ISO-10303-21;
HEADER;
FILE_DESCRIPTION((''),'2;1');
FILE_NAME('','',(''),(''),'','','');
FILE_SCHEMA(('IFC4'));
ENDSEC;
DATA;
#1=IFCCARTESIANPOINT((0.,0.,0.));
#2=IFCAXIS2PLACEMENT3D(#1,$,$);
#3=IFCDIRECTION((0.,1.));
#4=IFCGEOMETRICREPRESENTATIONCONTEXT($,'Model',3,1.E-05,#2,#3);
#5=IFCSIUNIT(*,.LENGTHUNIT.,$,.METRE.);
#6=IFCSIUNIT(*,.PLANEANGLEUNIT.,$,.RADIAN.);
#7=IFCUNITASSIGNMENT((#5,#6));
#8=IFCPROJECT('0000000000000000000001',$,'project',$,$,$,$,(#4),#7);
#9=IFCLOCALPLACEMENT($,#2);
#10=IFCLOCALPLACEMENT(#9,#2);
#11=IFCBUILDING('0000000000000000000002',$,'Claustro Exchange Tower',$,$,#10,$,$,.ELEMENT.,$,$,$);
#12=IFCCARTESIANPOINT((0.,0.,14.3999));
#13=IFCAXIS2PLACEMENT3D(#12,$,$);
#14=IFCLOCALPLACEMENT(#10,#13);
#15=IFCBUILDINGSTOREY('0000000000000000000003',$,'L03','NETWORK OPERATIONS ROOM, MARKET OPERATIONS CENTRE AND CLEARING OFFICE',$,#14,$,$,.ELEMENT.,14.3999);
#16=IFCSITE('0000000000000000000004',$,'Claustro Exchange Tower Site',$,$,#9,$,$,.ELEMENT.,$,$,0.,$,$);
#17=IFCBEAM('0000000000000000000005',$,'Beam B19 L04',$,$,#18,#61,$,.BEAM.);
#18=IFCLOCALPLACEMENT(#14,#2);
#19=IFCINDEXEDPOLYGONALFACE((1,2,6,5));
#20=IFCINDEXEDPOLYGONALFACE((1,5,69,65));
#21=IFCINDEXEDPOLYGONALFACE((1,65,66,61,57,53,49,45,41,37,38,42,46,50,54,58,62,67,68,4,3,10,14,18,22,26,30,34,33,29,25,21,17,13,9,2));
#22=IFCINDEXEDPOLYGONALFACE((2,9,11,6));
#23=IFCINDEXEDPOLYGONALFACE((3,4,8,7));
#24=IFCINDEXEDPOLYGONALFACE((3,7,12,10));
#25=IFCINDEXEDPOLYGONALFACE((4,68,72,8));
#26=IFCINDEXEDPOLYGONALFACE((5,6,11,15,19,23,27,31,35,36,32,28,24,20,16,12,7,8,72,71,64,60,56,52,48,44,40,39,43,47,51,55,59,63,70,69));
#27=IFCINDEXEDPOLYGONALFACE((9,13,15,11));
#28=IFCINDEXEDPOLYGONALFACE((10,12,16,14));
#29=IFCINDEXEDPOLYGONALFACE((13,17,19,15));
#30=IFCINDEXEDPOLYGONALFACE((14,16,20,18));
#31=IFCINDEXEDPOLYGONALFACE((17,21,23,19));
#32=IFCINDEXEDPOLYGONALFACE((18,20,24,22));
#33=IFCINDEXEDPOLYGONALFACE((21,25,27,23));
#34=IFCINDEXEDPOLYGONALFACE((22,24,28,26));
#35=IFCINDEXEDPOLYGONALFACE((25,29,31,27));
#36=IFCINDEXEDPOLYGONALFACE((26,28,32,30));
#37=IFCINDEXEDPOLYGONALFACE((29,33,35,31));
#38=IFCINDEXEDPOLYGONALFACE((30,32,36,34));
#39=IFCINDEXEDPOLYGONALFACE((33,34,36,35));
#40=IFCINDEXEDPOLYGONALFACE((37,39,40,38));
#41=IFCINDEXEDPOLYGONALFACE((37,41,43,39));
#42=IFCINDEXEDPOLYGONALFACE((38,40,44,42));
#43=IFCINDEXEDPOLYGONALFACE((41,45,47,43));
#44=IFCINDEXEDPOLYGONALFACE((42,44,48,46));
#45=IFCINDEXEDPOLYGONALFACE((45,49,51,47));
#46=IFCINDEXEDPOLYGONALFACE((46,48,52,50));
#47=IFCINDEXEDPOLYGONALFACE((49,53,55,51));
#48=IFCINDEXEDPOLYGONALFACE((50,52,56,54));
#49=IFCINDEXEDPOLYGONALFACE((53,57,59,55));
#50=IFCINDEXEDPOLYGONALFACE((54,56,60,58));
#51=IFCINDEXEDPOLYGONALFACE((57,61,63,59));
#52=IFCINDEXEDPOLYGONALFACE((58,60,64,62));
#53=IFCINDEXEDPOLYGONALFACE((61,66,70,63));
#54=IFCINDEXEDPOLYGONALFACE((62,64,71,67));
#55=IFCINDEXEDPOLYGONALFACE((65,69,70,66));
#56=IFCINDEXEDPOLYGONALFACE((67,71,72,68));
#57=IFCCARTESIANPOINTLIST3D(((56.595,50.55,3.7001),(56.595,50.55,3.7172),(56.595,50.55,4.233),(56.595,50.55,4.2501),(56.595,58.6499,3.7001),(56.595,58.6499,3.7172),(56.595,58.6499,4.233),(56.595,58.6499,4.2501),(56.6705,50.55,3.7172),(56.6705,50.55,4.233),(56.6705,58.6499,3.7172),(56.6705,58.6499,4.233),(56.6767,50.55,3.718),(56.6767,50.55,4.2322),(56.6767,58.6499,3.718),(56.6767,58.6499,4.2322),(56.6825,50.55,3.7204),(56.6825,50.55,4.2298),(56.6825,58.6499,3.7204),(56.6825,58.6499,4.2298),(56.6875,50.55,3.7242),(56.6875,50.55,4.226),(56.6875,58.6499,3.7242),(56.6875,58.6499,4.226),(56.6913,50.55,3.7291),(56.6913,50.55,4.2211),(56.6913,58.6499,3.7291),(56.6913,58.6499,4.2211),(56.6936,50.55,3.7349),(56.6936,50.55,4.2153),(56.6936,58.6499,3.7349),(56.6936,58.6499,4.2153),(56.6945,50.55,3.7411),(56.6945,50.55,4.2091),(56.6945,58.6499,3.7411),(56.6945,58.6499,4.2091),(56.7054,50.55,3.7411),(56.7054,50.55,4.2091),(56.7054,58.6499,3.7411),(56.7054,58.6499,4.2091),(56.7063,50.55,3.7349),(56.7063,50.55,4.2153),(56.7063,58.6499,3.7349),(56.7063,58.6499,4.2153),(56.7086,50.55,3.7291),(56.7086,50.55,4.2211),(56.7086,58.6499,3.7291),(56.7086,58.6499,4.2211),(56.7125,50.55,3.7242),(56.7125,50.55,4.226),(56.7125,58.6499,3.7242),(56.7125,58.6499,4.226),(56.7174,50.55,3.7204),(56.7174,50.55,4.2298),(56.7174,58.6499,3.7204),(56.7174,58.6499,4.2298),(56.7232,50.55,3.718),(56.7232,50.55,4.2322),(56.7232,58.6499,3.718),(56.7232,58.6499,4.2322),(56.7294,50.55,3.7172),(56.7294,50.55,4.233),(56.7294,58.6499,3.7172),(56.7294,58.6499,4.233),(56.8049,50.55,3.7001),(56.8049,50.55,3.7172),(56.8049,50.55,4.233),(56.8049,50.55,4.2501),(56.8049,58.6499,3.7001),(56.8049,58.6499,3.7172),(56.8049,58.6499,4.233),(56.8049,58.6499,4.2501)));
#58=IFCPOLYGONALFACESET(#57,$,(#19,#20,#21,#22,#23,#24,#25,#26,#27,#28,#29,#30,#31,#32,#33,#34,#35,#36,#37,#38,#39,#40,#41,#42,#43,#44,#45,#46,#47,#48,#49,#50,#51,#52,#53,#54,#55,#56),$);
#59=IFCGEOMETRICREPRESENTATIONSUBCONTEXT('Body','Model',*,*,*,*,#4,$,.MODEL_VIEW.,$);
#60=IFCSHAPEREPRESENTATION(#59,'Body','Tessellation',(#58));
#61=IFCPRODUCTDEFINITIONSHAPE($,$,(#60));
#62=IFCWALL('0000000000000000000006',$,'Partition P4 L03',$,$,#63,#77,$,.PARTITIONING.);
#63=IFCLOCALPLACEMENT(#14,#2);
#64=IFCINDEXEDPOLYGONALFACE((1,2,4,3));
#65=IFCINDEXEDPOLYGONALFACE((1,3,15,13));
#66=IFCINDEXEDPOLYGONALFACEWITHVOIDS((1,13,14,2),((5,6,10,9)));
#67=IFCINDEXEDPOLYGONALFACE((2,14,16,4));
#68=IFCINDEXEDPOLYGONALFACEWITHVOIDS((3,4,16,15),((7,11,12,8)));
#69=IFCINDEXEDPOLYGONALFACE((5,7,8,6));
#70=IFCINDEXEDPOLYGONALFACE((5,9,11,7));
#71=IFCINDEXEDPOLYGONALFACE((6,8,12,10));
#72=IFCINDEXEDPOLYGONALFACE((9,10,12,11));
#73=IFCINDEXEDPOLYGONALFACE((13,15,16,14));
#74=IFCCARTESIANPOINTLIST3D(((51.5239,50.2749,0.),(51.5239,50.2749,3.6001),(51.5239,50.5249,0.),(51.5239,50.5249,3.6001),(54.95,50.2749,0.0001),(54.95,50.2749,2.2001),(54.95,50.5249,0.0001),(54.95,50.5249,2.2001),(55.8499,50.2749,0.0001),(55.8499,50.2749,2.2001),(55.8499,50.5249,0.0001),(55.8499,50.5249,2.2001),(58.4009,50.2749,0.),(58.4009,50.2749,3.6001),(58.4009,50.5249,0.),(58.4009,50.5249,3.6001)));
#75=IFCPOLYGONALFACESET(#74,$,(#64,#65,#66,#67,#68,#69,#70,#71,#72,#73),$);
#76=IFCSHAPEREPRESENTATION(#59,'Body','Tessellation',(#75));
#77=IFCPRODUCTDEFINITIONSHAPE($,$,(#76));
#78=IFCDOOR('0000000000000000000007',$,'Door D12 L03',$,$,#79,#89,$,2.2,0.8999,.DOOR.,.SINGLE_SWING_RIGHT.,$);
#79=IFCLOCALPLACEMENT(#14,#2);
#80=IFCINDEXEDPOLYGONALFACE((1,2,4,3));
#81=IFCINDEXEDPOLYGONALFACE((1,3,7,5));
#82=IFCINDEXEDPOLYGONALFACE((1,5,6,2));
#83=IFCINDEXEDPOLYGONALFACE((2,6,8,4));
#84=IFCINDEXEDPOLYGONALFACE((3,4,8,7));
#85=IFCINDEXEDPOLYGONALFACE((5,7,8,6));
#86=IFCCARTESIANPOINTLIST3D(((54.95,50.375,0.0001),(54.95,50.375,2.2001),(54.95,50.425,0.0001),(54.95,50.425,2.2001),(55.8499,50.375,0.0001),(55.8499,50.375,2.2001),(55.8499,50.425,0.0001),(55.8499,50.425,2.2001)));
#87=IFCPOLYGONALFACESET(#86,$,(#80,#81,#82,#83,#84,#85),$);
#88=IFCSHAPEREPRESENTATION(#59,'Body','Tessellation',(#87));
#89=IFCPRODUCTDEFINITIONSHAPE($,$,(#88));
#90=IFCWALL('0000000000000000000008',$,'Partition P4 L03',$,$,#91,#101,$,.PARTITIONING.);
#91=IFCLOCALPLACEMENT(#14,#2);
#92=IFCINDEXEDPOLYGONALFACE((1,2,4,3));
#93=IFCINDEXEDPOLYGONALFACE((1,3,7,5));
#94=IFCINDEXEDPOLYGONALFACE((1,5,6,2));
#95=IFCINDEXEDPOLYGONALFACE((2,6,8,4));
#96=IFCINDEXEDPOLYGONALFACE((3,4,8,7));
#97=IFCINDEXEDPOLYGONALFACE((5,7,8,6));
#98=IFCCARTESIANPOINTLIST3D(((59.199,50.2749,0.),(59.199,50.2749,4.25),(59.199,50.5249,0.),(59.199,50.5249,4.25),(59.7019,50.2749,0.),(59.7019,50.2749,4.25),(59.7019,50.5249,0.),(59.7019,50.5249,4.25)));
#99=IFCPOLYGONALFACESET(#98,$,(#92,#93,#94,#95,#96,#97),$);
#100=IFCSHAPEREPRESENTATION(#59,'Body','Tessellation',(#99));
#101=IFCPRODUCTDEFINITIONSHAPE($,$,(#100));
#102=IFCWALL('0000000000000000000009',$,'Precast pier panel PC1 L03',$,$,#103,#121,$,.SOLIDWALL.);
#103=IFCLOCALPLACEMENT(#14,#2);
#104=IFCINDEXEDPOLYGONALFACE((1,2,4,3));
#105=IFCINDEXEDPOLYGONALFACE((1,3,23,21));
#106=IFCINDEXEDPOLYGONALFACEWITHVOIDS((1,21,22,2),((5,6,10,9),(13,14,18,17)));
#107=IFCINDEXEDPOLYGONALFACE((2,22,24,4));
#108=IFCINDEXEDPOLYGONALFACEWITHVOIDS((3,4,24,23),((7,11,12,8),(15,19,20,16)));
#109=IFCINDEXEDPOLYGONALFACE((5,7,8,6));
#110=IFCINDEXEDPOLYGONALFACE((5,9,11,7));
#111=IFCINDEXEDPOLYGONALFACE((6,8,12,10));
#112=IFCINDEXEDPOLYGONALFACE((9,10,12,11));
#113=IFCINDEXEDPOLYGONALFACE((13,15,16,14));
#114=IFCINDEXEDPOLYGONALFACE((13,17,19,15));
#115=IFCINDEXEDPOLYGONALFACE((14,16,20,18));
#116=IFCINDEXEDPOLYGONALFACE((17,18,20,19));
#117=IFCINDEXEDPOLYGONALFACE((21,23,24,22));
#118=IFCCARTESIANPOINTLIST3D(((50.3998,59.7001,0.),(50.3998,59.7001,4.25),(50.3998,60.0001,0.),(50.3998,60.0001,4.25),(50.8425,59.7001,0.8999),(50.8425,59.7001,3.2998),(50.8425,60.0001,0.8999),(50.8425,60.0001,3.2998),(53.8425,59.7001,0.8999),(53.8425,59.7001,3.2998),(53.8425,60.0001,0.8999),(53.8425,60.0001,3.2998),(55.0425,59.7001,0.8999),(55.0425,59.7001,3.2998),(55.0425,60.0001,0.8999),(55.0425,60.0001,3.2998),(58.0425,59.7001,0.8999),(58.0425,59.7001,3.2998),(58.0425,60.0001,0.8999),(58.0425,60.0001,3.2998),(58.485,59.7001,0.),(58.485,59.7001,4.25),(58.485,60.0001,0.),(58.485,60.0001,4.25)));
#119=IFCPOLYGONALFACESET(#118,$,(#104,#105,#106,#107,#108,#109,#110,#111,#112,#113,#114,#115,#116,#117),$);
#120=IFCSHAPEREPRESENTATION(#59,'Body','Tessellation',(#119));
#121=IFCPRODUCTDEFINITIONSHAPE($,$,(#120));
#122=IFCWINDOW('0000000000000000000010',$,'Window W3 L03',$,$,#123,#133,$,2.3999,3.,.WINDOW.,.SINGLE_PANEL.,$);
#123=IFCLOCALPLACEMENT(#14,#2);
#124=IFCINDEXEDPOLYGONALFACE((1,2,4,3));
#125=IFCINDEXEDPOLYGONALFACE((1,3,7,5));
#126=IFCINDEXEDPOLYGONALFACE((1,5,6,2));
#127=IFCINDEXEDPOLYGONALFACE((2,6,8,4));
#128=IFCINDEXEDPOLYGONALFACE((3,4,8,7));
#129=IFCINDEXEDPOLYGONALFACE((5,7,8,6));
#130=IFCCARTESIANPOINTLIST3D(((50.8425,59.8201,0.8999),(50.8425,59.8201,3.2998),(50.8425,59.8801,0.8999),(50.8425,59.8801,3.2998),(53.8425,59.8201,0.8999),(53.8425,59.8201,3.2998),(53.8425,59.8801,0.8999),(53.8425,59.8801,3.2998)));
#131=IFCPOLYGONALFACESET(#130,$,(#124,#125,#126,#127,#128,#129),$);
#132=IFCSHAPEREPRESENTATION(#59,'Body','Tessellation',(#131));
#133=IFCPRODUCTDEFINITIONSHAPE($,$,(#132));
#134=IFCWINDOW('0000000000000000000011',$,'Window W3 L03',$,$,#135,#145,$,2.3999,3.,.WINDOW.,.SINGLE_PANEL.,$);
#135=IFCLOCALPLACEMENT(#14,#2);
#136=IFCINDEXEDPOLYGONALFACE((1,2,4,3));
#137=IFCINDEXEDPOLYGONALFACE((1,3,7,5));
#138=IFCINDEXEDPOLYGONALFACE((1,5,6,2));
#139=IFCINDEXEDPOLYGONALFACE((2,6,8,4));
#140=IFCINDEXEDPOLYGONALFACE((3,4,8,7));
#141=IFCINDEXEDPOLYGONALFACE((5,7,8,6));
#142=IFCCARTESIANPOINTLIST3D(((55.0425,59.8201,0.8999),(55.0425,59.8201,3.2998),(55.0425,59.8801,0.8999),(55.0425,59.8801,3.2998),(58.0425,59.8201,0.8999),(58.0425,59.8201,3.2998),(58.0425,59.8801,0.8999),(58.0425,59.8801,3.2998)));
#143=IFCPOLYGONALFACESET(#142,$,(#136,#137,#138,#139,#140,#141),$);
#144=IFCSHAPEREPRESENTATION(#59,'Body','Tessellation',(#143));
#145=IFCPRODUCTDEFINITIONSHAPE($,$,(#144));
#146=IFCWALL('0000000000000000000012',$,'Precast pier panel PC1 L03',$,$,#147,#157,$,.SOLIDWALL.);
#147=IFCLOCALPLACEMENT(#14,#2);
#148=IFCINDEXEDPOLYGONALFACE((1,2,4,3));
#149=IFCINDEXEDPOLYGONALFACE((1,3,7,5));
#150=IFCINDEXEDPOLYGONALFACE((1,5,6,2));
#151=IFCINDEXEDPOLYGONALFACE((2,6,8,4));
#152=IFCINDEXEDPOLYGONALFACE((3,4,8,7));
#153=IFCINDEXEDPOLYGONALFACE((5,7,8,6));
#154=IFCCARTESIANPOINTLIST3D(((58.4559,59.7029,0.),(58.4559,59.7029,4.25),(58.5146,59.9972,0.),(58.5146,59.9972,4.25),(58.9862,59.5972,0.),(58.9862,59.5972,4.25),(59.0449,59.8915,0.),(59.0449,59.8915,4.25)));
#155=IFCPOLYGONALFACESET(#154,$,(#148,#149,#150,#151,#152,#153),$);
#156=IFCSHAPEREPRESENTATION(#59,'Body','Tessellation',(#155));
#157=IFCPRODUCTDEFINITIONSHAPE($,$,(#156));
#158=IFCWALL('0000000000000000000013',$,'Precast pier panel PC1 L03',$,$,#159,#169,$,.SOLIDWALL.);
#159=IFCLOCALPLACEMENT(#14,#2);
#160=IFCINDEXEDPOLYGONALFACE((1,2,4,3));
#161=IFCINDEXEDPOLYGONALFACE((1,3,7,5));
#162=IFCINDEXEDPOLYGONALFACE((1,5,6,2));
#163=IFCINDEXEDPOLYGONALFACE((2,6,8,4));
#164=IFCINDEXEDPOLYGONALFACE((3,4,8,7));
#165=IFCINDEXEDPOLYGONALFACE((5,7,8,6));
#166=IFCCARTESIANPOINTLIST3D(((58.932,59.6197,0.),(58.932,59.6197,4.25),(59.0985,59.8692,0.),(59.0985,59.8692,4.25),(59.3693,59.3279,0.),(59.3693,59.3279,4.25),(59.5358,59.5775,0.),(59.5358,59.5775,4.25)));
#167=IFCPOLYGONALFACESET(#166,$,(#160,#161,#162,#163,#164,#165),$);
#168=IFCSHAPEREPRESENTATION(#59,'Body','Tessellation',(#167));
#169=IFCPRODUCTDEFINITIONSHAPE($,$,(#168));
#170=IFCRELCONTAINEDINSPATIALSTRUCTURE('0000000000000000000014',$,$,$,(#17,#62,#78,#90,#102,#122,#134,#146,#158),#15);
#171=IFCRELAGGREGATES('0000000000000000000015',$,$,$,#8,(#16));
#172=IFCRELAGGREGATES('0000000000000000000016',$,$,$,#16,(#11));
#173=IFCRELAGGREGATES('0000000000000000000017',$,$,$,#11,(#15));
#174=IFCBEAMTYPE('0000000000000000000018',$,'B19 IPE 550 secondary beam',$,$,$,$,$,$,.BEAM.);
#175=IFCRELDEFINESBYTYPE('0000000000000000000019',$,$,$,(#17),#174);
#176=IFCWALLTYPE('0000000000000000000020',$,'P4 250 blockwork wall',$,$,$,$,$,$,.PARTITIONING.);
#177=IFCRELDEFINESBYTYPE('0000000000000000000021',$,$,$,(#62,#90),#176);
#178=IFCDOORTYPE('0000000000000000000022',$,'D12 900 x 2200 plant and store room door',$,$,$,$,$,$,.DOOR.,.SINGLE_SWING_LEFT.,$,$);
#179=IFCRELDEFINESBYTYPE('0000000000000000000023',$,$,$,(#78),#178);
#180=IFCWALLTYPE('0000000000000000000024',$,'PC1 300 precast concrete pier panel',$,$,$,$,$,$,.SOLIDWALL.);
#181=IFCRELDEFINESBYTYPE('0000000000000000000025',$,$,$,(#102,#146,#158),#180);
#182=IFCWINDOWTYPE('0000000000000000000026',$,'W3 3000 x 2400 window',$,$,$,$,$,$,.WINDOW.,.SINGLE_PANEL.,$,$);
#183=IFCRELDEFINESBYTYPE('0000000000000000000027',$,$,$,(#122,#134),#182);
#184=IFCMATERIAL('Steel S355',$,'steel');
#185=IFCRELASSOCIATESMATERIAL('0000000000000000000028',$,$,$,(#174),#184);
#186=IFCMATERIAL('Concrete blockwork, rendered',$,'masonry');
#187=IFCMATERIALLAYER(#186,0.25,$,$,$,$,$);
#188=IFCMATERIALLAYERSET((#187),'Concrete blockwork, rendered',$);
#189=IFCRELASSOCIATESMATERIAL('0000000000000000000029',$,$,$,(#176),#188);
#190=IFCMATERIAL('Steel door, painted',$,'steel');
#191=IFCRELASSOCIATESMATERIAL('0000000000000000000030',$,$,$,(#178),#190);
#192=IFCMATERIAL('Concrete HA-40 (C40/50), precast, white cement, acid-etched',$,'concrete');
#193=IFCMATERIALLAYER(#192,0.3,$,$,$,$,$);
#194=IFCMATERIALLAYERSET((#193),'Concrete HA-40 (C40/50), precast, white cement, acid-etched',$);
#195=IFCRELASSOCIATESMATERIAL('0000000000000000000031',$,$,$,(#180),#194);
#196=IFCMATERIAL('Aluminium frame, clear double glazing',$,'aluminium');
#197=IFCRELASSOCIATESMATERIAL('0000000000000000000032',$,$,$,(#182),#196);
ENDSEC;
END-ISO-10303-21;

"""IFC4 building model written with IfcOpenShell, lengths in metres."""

from ifc_helpers import new_model, si_unit, direction, frame, frame_2d, origin, origin_2d, place, context, subcontext, project, spatial, rectangle, i_section, extrude, material, layer, layer_set, material_profile, profile_set, type_object, element, fill, save


model = new_model("IFC4")

# Units and contexts
model_context = context("Model", 3, precision=1e-05, world=origin(), true_north=direction((0.0, 1.0)))
body_context = subcontext(model_context, "Body", "Model", "MODEL_VIEW")
ifc_project = project(units=[si_unit("LENGTHUNIT", "METRE"), si_unit("PLANEANGLEUNIT", "RADIAN")], contexts=[model_context])

# Site, building, storey
site_placement = place(None, origin())
site = spatial("IfcSite", under=ifc_project, at=site_placement, Name="Claustro Exchange Tower Site", CompositionType="ELEMENT", RefElevation=0.0)
building_placement = place(site_placement, origin())
building = spatial("IfcBuilding", under=site, at=building_placement, Name="Claustro Exchange Tower", CompositionType="ELEMENT")
storey_placement = place(building_placement, frame((0.0, 0.0, 14.3999)))
storey = spatial("IfcBuildingStorey", under=building, at=storey_placement, Name="L03", Description="NETWORK OPERATIONS ROOM, MARKET OPERATIONS CENTRE AND CLEARING OFFICE", CompositionType="ELEMENT", Elevation=14.3999)

# Beam
ifc_material_1 = material(Name="Steel S355", Category="steel")
ifc_material_profile_1 = material_profile(ifc_material_1, i_section(OverallWidth=0.21, OverallDepth=0.55, WebThickness=0.011, FlangeThickness=0.0171, FilletRadius=0.0239, at=origin_2d()), Name="IPE 550")
ifc_profile_set_1 = profile_set([ifc_material_profile_1], Name="Steel S355")
beam_type_1 = type_object("IfcBeamType", Name="B19 IPE 550 secondary beam", PredefinedType="BEAM", material=ifc_profile_set_1)
for number, where, z_axis, x_axis, name in (
    (1, (56.7, 50.55, 3.9751), (0.0, 1.0, 0.0), (-1.0, 0.0, 0.0), "Beam B19 L04"),
):
    element("IfcBeam", number, at=place(storey_placement, frame(where, z_axis=z_axis, x_axis=x_axis)), inside=storey, type_object=beam_type_1, Name=name, PredefinedType="BEAM", context=body_context, shape_type="SweptSolid", body=[
        extrude(i_section(OverallWidth=0.21, OverallDepth=0.55, WebThickness=0.011, FlangeThickness=0.0171, FilletRadius=0.0239, at=origin_2d()), origin(), (0.0, 0.0, 1.0), 8.0999),
    ])

# Wall, opening, door
ifc_material_2 = material(Name="Concrete blockwork, rendered", Category="masonry")
ifc_layer_1 = layer(ifc_material_2, 0.25)
ifc_layer_set_1 = layer_set([ifc_layer_1], Name="Concrete blockwork, rendered")
wall_type_1 = type_object("IfcWallType", Name="P4 250 blockwork wall", PredefinedType="PARTITIONING", material=ifc_layer_set_1)
wall_1_placement = place(storey_placement, frame((51.5239, 50.3999, 0.0), z_axis=(0.0, 0.0, 1.0), x_axis=(1.0, 0.0, 0.0)))
wall_1 = element("IfcWall", 2, at=wall_1_placement, inside=storey, type_object=wall_type_1, Name="Partition P4 L03", PredefinedType="PARTITIONING", context=body_context, shape_type="SweptSolid", body=[
    extrude(rectangle(XDim=6.877, YDim=0.25, at=frame_2d((3.4385, 0.0))), origin(), (0.0, 0.0, 1.0), 3.6001),
])
opening_1_placement = place(wall_1_placement, frame((3.426, 0.0, 0.0)))
opening_1 = element("IfcOpeningElement", 3, at=opening_1_placement, cuts=wall_1, PredefinedType="OPENING", context=body_context, shape_type="SweptSolid", body=[
    extrude(rectangle(XDim=0.8999, YDim=2.2, at=frame_2d((0.45, 1.1001))), frame((0.0, 0.135, 0.0), z_axis=(0.0, -1.0, 0.0), x_axis=(1.0, 0.0, 0.0)), (0.0, 0.0, 1.0), 0.27),
])
ifc_material_3 = material(Name="Steel door, painted", Category="steel")
door_type = type_object("IfcDoorType", Name="D12 900 x 2200 plant and store room door", OperationType="SINGLE_SWING_LEFT", PredefinedType="DOOR", material=ifc_material_3)
door_placement = place(opening_1_placement, frame((0.8999, 0.0, 0.0), z_axis=(0.0, 0.0, 1.0), x_axis=(-1.0, 0.0, 0.0)))
door = element("IfcDoor", 4, at=door_placement, inside=storey, type_object=door_type, Name="Door D12 L03", OperationType="SINGLE_SWING_RIGHT", OverallHeight=2.2, OverallWidth=0.8999, PredefinedType="DOOR", context=body_context, shape_type="SweptSolid", body=[
    extrude(rectangle(XDim=0.8999, YDim=2.2, at=frame_2d((0.45, 1.1001))), frame((0.0, 0.0249, 0.0), z_axis=(0.0, -1.0, 0.0), x_axis=(1.0, 0.0, 0.0)), (0.0, 0.0, 1.0), 0.05),
])
fill(opening_1, door)

# Wall
wall_2_placement = place(storey_placement, frame((59.199, 50.3999, 0.0), z_axis=(0.0, 0.0, 1.0), x_axis=(1.0, 0.0, 0.0)))
element("IfcWall", 5, at=wall_2_placement, inside=storey, type_object=wall_type_1, Name="Partition P4 L03", PredefinedType="PARTITIONING", context=body_context, shape_type="SweptSolid", body=[
    extrude(rectangle(XDim=0.5029, YDim=0.25, at=frame_2d((0.2515, 0.0))), origin(), (0.0, 0.0, 1.0), 4.25),
])

# Wall, openings, windows
ifc_material_4 = material(Name="Concrete HA-40 (C40/50), precast, white cement, acid-etched", Category="concrete")
ifc_layer_2 = layer(ifc_material_4, 0.3)
ifc_layer_set_2 = layer_set([ifc_layer_2], Name="Concrete HA-40 (C40/50), precast, white cement, acid-etched")
wall_type_2 = type_object("IfcWallType", Name="PC1 300 precast concrete pier panel", PredefinedType="SOLIDWALL", material=ifc_layer_set_2)
wall_3_placement = place(storey_placement, frame((50.3999, 59.8501, 0.0), z_axis=(0.0, 0.0, 1.0), x_axis=(1.0, 0.0, 0.0)))
wall_3 = element("IfcWall", 6, at=wall_3_placement, inside=storey, type_object=wall_type_2, Name="Precast pier panel PC1 L03", PredefinedType="SOLIDWALL", context=body_context, shape_type="SweptSolid", body=[
    extrude(rectangle(XDim=8.0852, YDim=0.3, at=frame_2d((4.0425, 0.0))), origin(), (0.0, 0.0, 1.0), 4.25),
])
opening_2_placement = place(wall_3_placement, frame((0.4426, 0.0, 0.8999)))
opening_2 = element("IfcOpeningElement", 7, at=opening_2_placement, cuts=wall_3, PredefinedType="OPENING", context=body_context, shape_type="SweptSolid", body=[
    extrude(rectangle(XDim=3.0, YDim=2.3999, at=frame_2d((1.5, 1.2))), frame((0.0, 0.1599, 0.0), z_axis=(0.0, -1.0, 0.0), x_axis=(1.0, 0.0, 0.0)), (0.0, 0.0, 1.0), 0.3201),
])
opening_3_placement = place(wall_3_placement, frame((4.6426, 0.0, 0.8999)))
opening_3 = element("IfcOpeningElement", 8, at=opening_3_placement, cuts=wall_3, PredefinedType="OPENING", context=body_context, shape_type="SweptSolid", body=[
    extrude(rectangle(XDim=3.0, YDim=2.3999, at=frame_2d((1.5, 1.2))), frame((0.0, 0.1599, 0.0), z_axis=(0.0, -1.0, 0.0), x_axis=(1.0, 0.0, 0.0)), (0.0, 0.0, 1.0), 0.3201),
])
ifc_material_5 = material(Name="Aluminium frame, clear double glazing", Category="aluminium")
window_type_1 = type_object("IfcWindowType", Name="W3 3000 x 2400 window", PartitioningType="SINGLE_PANEL", PredefinedType="WINDOW", material=ifc_material_5)
window_1_placement = place(opening_2_placement, origin())
window_1 = element("IfcWindow", 9, at=window_1_placement, inside=storey, type_object=window_type_1, Name="Window W3 L03", OverallHeight=2.3999, OverallWidth=3.0, PartitioningType="SINGLE_PANEL", PredefinedType="WINDOW", context=body_context, shape_type="SweptSolid", body=[
    extrude(rectangle(XDim=3.0, YDim=2.3999, at=frame_2d((1.5, 1.2))), frame((0.0, 0.03, 0.0), z_axis=(0.0, -1.0, 0.0), x_axis=(1.0, 0.0, 0.0)), (0.0, 0.0, 1.0), 0.0601),
])
fill(opening_2, window_1)
window_2_placement = place(opening_3_placement, origin())
window_2 = element("IfcWindow", 10, at=window_2_placement, inside=storey, type_object=window_type_1, Name="Window W3 L03", OverallHeight=2.3999, OverallWidth=3.0, PartitioningType="SINGLE_PANEL", PredefinedType="WINDOW", context=body_context, shape_type="SweptSolid", body=[
    extrude(rectangle(XDim=3.0, YDim=2.3999, at=frame_2d((1.5, 1.2))), frame((0.0, 0.03, 0.0), z_axis=(0.0, -1.0, 0.0), x_axis=(1.0, 0.0, 0.0)), (0.0, 0.0, 1.0), 0.0601),
])
fill(opening_3, window_2)

# Walls
wall_4_placement = place(storey_placement, frame((58.4851, 59.8501, 0.0), z_axis=(0.0, 0.0, 1.0), x_axis=(0.980702, -0.195508, 0.0)))
element("IfcWall", 11, at=wall_4_placement, inside=storey, type_object=wall_type_2, Name="Precast pier panel PC1 L03", PredefinedType="SOLIDWALL", context=body_context, shape_type="SweptSolid", body=[
    extrude(rectangle(XDim=0.5408, YDim=0.3, at=frame_2d((0.2705, 0.0))), origin(), (0.0, 0.0, 1.0), 4.25),
])
for number, where, z_axis, x_axis, name in (
    (12, (59.0154, 59.7444, 0.0), (0.0, 0.0, 1.0), (0.831836, -0.555022, 0.0), "Precast pier panel PC1 L03"),
):
    element("IfcWall", number, at=place(storey_placement, frame(where, z_axis=z_axis, x_axis=x_axis)), inside=storey, type_object=wall_type_2, Name=name, PredefinedType="SOLIDWALL", context=body_context, shape_type="SweptSolid", body=[
        extrude(rectangle(XDim=0.5256, YDim=0.3, at=frame_2d((0.2627, 0.0))), origin(), (0.0, 0.0, 1.0), 4.25),
    ])

save(model, "model.ifc")
